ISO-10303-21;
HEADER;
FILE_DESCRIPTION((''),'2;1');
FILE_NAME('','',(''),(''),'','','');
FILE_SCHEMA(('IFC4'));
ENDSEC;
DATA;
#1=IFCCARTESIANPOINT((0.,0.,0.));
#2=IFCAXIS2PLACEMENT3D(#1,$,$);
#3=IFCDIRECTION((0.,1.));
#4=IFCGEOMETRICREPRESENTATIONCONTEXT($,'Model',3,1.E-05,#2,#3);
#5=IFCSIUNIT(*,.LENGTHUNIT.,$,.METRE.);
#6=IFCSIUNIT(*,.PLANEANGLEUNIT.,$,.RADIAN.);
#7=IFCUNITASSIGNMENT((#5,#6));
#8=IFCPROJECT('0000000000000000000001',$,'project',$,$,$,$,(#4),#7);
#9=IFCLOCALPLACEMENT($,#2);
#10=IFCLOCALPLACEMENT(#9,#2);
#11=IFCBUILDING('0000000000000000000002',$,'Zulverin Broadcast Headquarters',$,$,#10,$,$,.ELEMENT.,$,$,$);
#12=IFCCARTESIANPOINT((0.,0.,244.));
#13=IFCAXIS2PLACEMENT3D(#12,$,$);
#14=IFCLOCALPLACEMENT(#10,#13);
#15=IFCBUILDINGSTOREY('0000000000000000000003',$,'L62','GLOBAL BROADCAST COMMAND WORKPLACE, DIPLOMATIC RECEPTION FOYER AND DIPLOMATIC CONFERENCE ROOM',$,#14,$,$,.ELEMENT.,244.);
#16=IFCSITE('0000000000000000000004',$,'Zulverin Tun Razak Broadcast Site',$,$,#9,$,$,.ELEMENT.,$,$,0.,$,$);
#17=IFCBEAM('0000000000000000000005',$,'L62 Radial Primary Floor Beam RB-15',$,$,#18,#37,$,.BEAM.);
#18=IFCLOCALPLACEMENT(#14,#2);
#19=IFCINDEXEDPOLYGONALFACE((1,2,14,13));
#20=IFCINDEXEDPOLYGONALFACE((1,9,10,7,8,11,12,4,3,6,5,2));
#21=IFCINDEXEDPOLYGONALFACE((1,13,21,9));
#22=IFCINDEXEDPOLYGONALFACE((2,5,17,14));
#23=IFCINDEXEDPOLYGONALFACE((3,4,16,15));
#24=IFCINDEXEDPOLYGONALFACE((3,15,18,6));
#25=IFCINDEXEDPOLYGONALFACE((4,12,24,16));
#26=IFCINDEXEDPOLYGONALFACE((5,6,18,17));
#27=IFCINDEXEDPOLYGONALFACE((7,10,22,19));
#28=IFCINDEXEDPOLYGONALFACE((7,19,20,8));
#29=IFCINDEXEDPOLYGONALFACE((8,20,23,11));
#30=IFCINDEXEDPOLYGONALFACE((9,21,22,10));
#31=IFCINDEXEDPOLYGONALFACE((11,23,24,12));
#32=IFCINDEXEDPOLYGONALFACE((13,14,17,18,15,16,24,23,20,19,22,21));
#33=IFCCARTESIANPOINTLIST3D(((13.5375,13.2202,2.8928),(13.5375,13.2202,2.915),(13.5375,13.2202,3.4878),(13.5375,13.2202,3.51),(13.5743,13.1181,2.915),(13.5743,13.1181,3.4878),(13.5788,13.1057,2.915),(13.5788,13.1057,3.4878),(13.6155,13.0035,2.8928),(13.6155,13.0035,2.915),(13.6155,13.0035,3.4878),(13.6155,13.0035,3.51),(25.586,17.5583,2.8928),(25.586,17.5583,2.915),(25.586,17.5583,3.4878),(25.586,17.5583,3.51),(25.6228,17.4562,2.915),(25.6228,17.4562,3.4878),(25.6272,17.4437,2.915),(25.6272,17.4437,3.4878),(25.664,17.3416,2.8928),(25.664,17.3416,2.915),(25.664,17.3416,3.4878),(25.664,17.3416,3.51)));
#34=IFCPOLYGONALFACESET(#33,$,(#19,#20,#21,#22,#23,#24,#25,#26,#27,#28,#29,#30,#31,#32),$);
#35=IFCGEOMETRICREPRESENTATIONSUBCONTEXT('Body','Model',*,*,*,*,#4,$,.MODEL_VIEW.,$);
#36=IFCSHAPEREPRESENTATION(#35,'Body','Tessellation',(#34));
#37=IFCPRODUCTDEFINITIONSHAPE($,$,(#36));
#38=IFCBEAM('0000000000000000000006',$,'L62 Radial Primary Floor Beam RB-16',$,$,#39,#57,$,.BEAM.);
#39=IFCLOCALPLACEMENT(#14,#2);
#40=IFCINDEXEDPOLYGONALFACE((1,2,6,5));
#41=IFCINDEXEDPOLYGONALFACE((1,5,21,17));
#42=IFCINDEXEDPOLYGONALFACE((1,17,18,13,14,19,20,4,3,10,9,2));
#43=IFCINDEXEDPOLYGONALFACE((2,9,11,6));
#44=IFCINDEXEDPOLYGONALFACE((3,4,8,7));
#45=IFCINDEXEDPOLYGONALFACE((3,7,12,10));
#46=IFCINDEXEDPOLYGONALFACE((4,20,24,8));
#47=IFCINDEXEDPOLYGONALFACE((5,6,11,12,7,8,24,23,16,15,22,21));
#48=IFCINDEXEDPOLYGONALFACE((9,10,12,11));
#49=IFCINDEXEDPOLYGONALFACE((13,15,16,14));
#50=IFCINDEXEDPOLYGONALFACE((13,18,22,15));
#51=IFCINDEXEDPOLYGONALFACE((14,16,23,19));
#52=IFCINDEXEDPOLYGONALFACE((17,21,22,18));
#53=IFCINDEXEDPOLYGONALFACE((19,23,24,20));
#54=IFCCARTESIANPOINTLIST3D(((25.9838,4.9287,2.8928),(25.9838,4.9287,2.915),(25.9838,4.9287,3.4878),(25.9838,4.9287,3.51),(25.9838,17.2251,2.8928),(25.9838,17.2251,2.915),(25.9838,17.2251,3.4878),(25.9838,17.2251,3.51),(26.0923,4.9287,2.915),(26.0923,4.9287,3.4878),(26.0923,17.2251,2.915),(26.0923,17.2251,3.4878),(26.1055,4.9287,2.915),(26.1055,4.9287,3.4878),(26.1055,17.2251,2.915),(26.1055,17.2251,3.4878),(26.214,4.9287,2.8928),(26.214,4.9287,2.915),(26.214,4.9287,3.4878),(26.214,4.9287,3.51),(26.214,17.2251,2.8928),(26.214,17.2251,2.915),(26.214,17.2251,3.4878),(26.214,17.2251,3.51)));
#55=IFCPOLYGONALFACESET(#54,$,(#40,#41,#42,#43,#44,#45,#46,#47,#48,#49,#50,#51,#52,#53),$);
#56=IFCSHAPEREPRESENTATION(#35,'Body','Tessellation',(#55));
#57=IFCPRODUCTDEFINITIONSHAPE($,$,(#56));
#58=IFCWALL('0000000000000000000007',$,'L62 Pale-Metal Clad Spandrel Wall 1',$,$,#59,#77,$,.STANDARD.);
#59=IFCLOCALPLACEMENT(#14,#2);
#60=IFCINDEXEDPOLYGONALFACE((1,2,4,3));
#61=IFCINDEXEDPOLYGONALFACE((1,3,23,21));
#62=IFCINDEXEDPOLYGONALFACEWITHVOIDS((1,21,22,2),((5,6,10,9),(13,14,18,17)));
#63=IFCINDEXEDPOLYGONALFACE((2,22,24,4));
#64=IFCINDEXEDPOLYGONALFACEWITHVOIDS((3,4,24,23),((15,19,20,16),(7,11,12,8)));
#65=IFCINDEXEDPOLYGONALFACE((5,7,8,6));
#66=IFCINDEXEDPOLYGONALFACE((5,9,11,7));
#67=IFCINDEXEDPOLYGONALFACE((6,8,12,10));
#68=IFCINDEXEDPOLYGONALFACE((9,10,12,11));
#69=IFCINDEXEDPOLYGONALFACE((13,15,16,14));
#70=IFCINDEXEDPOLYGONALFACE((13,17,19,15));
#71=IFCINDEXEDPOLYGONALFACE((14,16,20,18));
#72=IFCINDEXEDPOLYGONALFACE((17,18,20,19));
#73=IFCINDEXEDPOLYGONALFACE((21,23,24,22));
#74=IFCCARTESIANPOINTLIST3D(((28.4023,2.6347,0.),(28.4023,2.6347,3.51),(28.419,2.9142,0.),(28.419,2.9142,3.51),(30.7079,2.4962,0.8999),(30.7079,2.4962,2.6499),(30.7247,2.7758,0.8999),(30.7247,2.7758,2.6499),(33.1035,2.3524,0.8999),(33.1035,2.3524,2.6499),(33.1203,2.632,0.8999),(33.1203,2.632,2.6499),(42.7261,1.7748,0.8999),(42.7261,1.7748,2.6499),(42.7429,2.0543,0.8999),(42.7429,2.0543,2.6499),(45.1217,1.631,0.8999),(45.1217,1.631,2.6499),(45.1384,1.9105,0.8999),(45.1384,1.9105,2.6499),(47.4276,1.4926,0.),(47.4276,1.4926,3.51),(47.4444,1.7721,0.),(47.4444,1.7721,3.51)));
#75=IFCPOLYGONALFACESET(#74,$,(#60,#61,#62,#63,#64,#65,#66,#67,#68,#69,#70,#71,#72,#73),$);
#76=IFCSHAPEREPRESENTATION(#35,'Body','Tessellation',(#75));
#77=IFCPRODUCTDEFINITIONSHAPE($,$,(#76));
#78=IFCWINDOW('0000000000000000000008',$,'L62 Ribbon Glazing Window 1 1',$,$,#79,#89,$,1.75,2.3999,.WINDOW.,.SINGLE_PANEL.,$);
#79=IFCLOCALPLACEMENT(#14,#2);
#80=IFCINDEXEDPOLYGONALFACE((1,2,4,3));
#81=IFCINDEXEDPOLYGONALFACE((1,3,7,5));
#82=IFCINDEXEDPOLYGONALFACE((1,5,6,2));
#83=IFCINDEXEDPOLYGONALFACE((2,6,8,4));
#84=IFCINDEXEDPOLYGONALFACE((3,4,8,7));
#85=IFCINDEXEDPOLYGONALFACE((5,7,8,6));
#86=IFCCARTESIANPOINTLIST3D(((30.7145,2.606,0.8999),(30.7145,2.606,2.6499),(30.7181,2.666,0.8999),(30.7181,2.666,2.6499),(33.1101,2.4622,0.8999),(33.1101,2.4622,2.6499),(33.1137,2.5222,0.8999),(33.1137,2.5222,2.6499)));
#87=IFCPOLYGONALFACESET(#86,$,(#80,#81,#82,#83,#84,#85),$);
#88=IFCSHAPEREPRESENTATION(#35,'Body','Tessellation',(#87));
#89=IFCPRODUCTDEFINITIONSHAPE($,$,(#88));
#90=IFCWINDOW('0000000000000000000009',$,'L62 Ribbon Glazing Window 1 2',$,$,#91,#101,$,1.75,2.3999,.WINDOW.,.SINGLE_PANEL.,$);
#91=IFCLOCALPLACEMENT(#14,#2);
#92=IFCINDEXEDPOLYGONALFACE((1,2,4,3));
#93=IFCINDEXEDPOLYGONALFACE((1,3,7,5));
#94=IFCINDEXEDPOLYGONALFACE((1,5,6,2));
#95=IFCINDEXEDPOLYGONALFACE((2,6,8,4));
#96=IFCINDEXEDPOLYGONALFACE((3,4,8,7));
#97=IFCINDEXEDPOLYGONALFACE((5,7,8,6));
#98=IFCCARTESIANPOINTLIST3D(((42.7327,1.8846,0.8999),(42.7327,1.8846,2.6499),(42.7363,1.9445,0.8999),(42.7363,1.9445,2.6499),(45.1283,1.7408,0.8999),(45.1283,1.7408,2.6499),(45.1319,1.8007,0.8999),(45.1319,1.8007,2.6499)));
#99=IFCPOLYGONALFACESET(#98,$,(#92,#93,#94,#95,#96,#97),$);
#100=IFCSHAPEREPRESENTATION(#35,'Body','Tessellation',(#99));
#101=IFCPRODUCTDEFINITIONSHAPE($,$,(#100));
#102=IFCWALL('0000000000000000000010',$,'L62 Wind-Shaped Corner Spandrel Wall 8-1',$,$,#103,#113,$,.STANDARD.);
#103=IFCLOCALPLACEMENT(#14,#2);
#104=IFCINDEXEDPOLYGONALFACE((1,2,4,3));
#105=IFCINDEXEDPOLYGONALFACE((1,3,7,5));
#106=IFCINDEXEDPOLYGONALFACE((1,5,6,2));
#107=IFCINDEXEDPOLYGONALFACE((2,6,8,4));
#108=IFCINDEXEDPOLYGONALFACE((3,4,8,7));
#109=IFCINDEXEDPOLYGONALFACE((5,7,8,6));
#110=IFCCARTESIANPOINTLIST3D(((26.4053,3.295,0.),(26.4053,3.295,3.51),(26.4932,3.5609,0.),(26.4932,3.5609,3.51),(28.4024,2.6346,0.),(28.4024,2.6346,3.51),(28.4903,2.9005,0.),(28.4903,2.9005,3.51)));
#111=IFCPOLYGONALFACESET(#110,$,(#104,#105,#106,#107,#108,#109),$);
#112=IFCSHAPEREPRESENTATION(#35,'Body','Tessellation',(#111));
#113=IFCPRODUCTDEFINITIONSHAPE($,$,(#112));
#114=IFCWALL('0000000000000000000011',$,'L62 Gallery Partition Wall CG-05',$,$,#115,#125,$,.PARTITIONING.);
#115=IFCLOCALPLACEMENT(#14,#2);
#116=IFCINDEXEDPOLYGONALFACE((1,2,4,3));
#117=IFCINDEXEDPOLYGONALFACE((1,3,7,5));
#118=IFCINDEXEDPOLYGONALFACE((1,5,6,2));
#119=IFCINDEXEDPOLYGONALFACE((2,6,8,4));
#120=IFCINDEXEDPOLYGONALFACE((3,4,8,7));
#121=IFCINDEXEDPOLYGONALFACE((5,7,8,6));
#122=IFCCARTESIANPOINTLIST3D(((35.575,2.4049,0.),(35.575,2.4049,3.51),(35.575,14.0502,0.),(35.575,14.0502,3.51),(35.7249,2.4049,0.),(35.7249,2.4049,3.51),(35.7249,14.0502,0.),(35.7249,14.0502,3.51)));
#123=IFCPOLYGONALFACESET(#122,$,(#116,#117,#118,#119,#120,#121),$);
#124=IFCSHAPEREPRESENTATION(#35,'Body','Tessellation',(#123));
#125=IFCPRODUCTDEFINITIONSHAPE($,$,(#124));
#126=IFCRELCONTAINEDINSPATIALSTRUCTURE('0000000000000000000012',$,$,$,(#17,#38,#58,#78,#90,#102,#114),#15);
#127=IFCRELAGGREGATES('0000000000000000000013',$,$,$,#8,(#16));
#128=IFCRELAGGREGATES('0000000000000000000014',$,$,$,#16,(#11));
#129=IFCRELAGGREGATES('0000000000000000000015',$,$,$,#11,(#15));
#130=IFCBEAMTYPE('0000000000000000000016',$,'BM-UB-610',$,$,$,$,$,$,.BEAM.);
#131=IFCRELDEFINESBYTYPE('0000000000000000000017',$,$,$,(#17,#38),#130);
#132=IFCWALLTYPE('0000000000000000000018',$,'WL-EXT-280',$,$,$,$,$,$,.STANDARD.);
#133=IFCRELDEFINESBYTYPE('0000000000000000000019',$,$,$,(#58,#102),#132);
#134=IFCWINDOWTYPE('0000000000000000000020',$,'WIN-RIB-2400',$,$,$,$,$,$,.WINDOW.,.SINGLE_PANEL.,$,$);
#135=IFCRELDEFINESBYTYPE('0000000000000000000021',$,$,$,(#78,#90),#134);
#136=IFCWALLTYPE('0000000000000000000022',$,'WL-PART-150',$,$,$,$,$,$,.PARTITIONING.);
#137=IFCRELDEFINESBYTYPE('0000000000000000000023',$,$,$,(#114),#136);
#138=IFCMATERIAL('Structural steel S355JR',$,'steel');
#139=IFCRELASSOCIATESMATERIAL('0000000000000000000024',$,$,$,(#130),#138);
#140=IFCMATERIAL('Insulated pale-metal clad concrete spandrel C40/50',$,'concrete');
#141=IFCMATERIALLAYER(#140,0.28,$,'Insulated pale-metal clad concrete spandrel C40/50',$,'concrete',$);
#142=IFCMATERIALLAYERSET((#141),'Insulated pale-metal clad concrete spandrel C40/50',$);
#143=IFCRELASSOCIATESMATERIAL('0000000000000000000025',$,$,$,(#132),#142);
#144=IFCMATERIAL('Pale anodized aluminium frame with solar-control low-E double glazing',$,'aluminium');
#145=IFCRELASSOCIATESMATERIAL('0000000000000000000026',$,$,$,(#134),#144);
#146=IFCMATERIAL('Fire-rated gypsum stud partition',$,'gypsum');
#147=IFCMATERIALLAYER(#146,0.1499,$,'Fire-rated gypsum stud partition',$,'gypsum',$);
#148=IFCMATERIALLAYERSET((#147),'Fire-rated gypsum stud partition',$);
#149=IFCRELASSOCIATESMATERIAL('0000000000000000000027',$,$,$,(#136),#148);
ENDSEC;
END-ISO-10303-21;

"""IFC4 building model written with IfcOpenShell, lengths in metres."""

from ifc_helpers import new_model, si_unit, direction, frame, frame_2d, origin, origin_2d, place, context, subcontext, project, spatial, rectangle, i_section, extrude, material, layer, layer_set, material_profile, profile_set, type_object, element, fill, save


model = new_model("IFC4")

# Units and contexts
model_context = context("Model", 3, precision=1e-05, world=origin(), true_north=direction((0.0, 1.0)))
body_context = subcontext(model_context, "Body", "Model", "MODEL_VIEW")
ifc_project = project(units=[si_unit("LENGTHUNIT", "METRE"), si_unit("PLANEANGLEUNIT", "RADIAN")], contexts=[model_context])

# Site, building, storey
site_placement = place(None, origin())
site = spatial("IfcSite", under=ifc_project, at=site_placement, Name="Zulverin Tun Razak Broadcast Site", CompositionType="ELEMENT", RefElevation=0.0)
building_placement = place(site_placement, origin())
building = spatial("IfcBuilding", under=site, at=building_placement, Name="Zulverin Broadcast Headquarters", CompositionType="ELEMENT")
storey_placement = place(building_placement, frame((0.0, 0.0, 244.0)))
storey = spatial("IfcBuildingStorey", under=building, at=storey_placement, Name="L62", Description="GLOBAL BROADCAST COMMAND WORKPLACE, DIPLOMATIC RECEPTION FOYER AND DIPLOMATIC CONFERENCE ROOM", CompositionType="ELEMENT", Elevation=244.0)

# Beams
ifc_material_1 = material(Name="Structural steel S355JR", Category="steel")
ifc_material_profile_1 = material_profile(ifc_material_1, i_section(OverallWidth=0.2302, OverallDepth=0.6172, WebThickness=0.0132, FlangeThickness=0.0222, at=origin_2d()), Name="Structural steel S355JR", Category="steel")
ifc_profile_set_1 = profile_set([ifc_material_profile_1], Name="Structural steel S355JR")
beam_type_1 = type_object("IfcBeamType", Name="BM-UB-610", PredefinedType="BEAM", material=ifc_profile_set_1)
beam_1_placement = place(storey_placement, frame((25.625, 17.45, 3.2014), z_axis=(-0.940871, -0.338764, 0.0), x_axis=(0.338764, -0.940871, 0.0)))
element("IfcBeam", 1, at=beam_1_placement, inside=storey, type_object=beam_type_1, Name="L62 Radial Primary Floor Beam RB-15", PredefinedType="BEAM", context=body_context, shape_type="SweptSolid", body=[
    extrude(i_section(OverallWidth=0.2302, OverallDepth=0.6172, WebThickness=0.0132, FlangeThickness=0.0222, at=origin_2d()), origin(), (0.0, 0.0, 1.0), 12.8057),
])
beam_2_placement = place(storey_placement, frame((26.0989, 17.2251, 3.2014), z_axis=(0.0, -1.0, 0.0), x_axis=(1.0, 0.0, 0.0)))
element("IfcBeam", 2, at=beam_2_placement, inside=storey, type_object=beam_type_1, Name="L62 Radial Primary Floor Beam RB-16", PredefinedType="BEAM", context=body_context, shape_type="SweptSolid", body=[
    extrude(i_section(OverallWidth=0.2302, OverallDepth=0.6172, WebThickness=0.0132, FlangeThickness=0.0222, at=origin_2d()), origin(), (0.0, 0.0, 1.0), 12.2964),
])

# Wall, openings, windows
ifc_material_2 = material(Name="Insulated pale-metal clad concrete spandrel C40/50", Category="concrete")
ifc_layer_1 = layer(ifc_material_2, 0.28, Name="Insulated pale-metal clad concrete spandrel C40/50", Category="concrete")
ifc_layer_set_1 = layer_set([ifc_layer_1], Name="Insulated pale-metal clad concrete spandrel C40/50")
wall_type_1 = type_object("IfcWallType", Name="WL-EXT-280", PredefinedType="STANDARD", material=ifc_layer_set_1)
wall_1_placement = place(storey_placement, frame((28.4106, 2.7744, 0.0), z_axis=(0.0, 0.0, 1.0), x_axis=(0.998203, -0.059922, 0.0)))
wall_1 = element("IfcWall", 3, at=wall_1_placement, inside=storey, type_object=wall_type_1, Name="L62 Pale-Metal Clad Spandrel Wall 1", PredefinedType="STANDARD", context=body_context, shape_type="SweptSolid", body=[
    extrude(rectangle(XDim=19.0596, YDim=0.28, at=frame_2d((9.5298, 0.0))), origin(), (0.0, 0.0, 1.0), 3.51),
])
opening_1_placement = place(wall_1_placement, frame((2.3098, 0.0, 0.8999)))
opening_1 = element("IfcOpeningElement", 4, at=opening_1_placement, cuts=wall_1, PredefinedType="OPENING", context=body_context, shape_type="SweptSolid", body=[
    extrude(rectangle(XDim=2.3999, YDim=1.75, at=frame_2d((1.2, 0.875))), frame((0.0, 0.1499, 0.0), z_axis=(0.0, -1.0, 0.0), x_axis=(1.0, 0.0, 0.0)), (0.0, 0.0, 1.0), 0.3),
])
opening_2_placement = place(wall_1_placement, frame((14.3496, 0.0, 0.8999)))
opening_2 = element("IfcOpeningElement", 5, at=opening_2_placement, cuts=wall_1, PredefinedType="OPENING", context=body_context, shape_type="SweptSolid", body=[
    extrude(rectangle(XDim=2.3999, YDim=1.75, at=frame_2d((1.2, 0.875))), frame((0.0, 0.1499, 0.0), z_axis=(0.0, -1.0, 0.0), x_axis=(1.0, 0.0, 0.0)), (0.0, 0.0, 1.0), 0.3),
])
ifc_material_3 = material(Name="Pale anodized aluminium frame with solar-control low-E double glazing", Category="aluminium")
window_type = type_object("IfcWindowType", Name="WIN-RIB-2400", PartitioningType="SINGLE_PANEL", PredefinedType="WINDOW", material=ifc_material_3)
window_1_placement = place(opening_1_placement, origin())
window_1 = element("IfcWindow", 6, at=window_1_placement, inside=storey, type_object=window_type, Name="L62 Ribbon Glazing Window 1 1", OverallHeight=1.75, OverallWidth=2.3999, PartitioningType="SINGLE_PANEL", PredefinedType="WINDOW", context=body_context, shape_type="SweptSolid", body=[
    extrude(rectangle(XDim=2.3999, YDim=1.75, at=frame_2d((1.2, 0.875))), frame((0.0, 0.03, 0.0), z_axis=(0.0, -1.0, 0.0), x_axis=(1.0, 0.0, 0.0)), (0.0, 0.0, 1.0), 0.0601),
])
fill(opening_1, window_1)
window_2_placement = place(opening_2_placement, origin())
window_2 = element("IfcWindow", 7, at=window_2_placement, inside=storey, type_object=window_type, Name="L62 Ribbon Glazing Window 1 2", OverallHeight=1.75, OverallWidth=2.3999, PartitioningType="SINGLE_PANEL", PredefinedType="WINDOW", context=body_context, shape_type="SweptSolid", body=[
    extrude(rectangle(XDim=2.3999, YDim=1.75, at=frame_2d((1.2, 0.875))), frame((0.0, 0.03, 0.0), z_axis=(0.0, -1.0, 0.0), x_axis=(1.0, 0.0, 0.0)), (0.0, 0.0, 1.0), 0.0601),
])
fill(opening_2, window_2)

# Walls
wall_2_placement = place(storey_placement, frame((26.4492, 3.428, 0.0), z_axis=(0.0, 0.0, 1.0), x_axis=(0.949435, -0.313964, 0.0)))
element("IfcWall", 8, at=wall_2_placement, inside=storey, type_object=wall_type_1, Name="L62 Wind-Shaped Corner Spandrel Wall 8-1", PredefinedType="STANDARD", context=body_context, shape_type="SweptSolid", body=[
    extrude(rectangle(XDim=2.1035, YDim=0.28, at=frame_2d((1.0518, 0.0))), origin(), (0.0, 0.0, 1.0), 3.51),
])
ifc_material_4 = material(Name="Fire-rated gypsum stud partition", Category="gypsum")
ifc_layer_2 = layer(ifc_material_4, 0.1499, Name="Fire-rated gypsum stud partition", Category="gypsum")
ifc_layer_set_2 = layer_set([ifc_layer_2], Name="Fire-rated gypsum stud partition")
wall_type_2 = type_object("IfcWallType", Name="WL-PART-150", PredefinedType="PARTITIONING", material=ifc_layer_set_2)
wall_3_placement = place(storey_placement, frame((35.6499, 2.4048, 0.0), z_axis=(0.0, 0.0, 1.0), x_axis=(0.0, 1.0, 0.0)))
element("IfcWall", 9, at=wall_3_placement, inside=storey, type_object=wall_type_2, Name="L62 Gallery Partition Wall CG-05", PredefinedType="PARTITIONING", context=body_context, shape_type="SweptSolid", body=[
    extrude(rectangle(XDim=11.6453, YDim=0.1499, at=frame_2d((5.8228, 0.0))), origin(), (0.0, 0.0, 1.0), 3.51),
])

save(model, "model.ifc")
